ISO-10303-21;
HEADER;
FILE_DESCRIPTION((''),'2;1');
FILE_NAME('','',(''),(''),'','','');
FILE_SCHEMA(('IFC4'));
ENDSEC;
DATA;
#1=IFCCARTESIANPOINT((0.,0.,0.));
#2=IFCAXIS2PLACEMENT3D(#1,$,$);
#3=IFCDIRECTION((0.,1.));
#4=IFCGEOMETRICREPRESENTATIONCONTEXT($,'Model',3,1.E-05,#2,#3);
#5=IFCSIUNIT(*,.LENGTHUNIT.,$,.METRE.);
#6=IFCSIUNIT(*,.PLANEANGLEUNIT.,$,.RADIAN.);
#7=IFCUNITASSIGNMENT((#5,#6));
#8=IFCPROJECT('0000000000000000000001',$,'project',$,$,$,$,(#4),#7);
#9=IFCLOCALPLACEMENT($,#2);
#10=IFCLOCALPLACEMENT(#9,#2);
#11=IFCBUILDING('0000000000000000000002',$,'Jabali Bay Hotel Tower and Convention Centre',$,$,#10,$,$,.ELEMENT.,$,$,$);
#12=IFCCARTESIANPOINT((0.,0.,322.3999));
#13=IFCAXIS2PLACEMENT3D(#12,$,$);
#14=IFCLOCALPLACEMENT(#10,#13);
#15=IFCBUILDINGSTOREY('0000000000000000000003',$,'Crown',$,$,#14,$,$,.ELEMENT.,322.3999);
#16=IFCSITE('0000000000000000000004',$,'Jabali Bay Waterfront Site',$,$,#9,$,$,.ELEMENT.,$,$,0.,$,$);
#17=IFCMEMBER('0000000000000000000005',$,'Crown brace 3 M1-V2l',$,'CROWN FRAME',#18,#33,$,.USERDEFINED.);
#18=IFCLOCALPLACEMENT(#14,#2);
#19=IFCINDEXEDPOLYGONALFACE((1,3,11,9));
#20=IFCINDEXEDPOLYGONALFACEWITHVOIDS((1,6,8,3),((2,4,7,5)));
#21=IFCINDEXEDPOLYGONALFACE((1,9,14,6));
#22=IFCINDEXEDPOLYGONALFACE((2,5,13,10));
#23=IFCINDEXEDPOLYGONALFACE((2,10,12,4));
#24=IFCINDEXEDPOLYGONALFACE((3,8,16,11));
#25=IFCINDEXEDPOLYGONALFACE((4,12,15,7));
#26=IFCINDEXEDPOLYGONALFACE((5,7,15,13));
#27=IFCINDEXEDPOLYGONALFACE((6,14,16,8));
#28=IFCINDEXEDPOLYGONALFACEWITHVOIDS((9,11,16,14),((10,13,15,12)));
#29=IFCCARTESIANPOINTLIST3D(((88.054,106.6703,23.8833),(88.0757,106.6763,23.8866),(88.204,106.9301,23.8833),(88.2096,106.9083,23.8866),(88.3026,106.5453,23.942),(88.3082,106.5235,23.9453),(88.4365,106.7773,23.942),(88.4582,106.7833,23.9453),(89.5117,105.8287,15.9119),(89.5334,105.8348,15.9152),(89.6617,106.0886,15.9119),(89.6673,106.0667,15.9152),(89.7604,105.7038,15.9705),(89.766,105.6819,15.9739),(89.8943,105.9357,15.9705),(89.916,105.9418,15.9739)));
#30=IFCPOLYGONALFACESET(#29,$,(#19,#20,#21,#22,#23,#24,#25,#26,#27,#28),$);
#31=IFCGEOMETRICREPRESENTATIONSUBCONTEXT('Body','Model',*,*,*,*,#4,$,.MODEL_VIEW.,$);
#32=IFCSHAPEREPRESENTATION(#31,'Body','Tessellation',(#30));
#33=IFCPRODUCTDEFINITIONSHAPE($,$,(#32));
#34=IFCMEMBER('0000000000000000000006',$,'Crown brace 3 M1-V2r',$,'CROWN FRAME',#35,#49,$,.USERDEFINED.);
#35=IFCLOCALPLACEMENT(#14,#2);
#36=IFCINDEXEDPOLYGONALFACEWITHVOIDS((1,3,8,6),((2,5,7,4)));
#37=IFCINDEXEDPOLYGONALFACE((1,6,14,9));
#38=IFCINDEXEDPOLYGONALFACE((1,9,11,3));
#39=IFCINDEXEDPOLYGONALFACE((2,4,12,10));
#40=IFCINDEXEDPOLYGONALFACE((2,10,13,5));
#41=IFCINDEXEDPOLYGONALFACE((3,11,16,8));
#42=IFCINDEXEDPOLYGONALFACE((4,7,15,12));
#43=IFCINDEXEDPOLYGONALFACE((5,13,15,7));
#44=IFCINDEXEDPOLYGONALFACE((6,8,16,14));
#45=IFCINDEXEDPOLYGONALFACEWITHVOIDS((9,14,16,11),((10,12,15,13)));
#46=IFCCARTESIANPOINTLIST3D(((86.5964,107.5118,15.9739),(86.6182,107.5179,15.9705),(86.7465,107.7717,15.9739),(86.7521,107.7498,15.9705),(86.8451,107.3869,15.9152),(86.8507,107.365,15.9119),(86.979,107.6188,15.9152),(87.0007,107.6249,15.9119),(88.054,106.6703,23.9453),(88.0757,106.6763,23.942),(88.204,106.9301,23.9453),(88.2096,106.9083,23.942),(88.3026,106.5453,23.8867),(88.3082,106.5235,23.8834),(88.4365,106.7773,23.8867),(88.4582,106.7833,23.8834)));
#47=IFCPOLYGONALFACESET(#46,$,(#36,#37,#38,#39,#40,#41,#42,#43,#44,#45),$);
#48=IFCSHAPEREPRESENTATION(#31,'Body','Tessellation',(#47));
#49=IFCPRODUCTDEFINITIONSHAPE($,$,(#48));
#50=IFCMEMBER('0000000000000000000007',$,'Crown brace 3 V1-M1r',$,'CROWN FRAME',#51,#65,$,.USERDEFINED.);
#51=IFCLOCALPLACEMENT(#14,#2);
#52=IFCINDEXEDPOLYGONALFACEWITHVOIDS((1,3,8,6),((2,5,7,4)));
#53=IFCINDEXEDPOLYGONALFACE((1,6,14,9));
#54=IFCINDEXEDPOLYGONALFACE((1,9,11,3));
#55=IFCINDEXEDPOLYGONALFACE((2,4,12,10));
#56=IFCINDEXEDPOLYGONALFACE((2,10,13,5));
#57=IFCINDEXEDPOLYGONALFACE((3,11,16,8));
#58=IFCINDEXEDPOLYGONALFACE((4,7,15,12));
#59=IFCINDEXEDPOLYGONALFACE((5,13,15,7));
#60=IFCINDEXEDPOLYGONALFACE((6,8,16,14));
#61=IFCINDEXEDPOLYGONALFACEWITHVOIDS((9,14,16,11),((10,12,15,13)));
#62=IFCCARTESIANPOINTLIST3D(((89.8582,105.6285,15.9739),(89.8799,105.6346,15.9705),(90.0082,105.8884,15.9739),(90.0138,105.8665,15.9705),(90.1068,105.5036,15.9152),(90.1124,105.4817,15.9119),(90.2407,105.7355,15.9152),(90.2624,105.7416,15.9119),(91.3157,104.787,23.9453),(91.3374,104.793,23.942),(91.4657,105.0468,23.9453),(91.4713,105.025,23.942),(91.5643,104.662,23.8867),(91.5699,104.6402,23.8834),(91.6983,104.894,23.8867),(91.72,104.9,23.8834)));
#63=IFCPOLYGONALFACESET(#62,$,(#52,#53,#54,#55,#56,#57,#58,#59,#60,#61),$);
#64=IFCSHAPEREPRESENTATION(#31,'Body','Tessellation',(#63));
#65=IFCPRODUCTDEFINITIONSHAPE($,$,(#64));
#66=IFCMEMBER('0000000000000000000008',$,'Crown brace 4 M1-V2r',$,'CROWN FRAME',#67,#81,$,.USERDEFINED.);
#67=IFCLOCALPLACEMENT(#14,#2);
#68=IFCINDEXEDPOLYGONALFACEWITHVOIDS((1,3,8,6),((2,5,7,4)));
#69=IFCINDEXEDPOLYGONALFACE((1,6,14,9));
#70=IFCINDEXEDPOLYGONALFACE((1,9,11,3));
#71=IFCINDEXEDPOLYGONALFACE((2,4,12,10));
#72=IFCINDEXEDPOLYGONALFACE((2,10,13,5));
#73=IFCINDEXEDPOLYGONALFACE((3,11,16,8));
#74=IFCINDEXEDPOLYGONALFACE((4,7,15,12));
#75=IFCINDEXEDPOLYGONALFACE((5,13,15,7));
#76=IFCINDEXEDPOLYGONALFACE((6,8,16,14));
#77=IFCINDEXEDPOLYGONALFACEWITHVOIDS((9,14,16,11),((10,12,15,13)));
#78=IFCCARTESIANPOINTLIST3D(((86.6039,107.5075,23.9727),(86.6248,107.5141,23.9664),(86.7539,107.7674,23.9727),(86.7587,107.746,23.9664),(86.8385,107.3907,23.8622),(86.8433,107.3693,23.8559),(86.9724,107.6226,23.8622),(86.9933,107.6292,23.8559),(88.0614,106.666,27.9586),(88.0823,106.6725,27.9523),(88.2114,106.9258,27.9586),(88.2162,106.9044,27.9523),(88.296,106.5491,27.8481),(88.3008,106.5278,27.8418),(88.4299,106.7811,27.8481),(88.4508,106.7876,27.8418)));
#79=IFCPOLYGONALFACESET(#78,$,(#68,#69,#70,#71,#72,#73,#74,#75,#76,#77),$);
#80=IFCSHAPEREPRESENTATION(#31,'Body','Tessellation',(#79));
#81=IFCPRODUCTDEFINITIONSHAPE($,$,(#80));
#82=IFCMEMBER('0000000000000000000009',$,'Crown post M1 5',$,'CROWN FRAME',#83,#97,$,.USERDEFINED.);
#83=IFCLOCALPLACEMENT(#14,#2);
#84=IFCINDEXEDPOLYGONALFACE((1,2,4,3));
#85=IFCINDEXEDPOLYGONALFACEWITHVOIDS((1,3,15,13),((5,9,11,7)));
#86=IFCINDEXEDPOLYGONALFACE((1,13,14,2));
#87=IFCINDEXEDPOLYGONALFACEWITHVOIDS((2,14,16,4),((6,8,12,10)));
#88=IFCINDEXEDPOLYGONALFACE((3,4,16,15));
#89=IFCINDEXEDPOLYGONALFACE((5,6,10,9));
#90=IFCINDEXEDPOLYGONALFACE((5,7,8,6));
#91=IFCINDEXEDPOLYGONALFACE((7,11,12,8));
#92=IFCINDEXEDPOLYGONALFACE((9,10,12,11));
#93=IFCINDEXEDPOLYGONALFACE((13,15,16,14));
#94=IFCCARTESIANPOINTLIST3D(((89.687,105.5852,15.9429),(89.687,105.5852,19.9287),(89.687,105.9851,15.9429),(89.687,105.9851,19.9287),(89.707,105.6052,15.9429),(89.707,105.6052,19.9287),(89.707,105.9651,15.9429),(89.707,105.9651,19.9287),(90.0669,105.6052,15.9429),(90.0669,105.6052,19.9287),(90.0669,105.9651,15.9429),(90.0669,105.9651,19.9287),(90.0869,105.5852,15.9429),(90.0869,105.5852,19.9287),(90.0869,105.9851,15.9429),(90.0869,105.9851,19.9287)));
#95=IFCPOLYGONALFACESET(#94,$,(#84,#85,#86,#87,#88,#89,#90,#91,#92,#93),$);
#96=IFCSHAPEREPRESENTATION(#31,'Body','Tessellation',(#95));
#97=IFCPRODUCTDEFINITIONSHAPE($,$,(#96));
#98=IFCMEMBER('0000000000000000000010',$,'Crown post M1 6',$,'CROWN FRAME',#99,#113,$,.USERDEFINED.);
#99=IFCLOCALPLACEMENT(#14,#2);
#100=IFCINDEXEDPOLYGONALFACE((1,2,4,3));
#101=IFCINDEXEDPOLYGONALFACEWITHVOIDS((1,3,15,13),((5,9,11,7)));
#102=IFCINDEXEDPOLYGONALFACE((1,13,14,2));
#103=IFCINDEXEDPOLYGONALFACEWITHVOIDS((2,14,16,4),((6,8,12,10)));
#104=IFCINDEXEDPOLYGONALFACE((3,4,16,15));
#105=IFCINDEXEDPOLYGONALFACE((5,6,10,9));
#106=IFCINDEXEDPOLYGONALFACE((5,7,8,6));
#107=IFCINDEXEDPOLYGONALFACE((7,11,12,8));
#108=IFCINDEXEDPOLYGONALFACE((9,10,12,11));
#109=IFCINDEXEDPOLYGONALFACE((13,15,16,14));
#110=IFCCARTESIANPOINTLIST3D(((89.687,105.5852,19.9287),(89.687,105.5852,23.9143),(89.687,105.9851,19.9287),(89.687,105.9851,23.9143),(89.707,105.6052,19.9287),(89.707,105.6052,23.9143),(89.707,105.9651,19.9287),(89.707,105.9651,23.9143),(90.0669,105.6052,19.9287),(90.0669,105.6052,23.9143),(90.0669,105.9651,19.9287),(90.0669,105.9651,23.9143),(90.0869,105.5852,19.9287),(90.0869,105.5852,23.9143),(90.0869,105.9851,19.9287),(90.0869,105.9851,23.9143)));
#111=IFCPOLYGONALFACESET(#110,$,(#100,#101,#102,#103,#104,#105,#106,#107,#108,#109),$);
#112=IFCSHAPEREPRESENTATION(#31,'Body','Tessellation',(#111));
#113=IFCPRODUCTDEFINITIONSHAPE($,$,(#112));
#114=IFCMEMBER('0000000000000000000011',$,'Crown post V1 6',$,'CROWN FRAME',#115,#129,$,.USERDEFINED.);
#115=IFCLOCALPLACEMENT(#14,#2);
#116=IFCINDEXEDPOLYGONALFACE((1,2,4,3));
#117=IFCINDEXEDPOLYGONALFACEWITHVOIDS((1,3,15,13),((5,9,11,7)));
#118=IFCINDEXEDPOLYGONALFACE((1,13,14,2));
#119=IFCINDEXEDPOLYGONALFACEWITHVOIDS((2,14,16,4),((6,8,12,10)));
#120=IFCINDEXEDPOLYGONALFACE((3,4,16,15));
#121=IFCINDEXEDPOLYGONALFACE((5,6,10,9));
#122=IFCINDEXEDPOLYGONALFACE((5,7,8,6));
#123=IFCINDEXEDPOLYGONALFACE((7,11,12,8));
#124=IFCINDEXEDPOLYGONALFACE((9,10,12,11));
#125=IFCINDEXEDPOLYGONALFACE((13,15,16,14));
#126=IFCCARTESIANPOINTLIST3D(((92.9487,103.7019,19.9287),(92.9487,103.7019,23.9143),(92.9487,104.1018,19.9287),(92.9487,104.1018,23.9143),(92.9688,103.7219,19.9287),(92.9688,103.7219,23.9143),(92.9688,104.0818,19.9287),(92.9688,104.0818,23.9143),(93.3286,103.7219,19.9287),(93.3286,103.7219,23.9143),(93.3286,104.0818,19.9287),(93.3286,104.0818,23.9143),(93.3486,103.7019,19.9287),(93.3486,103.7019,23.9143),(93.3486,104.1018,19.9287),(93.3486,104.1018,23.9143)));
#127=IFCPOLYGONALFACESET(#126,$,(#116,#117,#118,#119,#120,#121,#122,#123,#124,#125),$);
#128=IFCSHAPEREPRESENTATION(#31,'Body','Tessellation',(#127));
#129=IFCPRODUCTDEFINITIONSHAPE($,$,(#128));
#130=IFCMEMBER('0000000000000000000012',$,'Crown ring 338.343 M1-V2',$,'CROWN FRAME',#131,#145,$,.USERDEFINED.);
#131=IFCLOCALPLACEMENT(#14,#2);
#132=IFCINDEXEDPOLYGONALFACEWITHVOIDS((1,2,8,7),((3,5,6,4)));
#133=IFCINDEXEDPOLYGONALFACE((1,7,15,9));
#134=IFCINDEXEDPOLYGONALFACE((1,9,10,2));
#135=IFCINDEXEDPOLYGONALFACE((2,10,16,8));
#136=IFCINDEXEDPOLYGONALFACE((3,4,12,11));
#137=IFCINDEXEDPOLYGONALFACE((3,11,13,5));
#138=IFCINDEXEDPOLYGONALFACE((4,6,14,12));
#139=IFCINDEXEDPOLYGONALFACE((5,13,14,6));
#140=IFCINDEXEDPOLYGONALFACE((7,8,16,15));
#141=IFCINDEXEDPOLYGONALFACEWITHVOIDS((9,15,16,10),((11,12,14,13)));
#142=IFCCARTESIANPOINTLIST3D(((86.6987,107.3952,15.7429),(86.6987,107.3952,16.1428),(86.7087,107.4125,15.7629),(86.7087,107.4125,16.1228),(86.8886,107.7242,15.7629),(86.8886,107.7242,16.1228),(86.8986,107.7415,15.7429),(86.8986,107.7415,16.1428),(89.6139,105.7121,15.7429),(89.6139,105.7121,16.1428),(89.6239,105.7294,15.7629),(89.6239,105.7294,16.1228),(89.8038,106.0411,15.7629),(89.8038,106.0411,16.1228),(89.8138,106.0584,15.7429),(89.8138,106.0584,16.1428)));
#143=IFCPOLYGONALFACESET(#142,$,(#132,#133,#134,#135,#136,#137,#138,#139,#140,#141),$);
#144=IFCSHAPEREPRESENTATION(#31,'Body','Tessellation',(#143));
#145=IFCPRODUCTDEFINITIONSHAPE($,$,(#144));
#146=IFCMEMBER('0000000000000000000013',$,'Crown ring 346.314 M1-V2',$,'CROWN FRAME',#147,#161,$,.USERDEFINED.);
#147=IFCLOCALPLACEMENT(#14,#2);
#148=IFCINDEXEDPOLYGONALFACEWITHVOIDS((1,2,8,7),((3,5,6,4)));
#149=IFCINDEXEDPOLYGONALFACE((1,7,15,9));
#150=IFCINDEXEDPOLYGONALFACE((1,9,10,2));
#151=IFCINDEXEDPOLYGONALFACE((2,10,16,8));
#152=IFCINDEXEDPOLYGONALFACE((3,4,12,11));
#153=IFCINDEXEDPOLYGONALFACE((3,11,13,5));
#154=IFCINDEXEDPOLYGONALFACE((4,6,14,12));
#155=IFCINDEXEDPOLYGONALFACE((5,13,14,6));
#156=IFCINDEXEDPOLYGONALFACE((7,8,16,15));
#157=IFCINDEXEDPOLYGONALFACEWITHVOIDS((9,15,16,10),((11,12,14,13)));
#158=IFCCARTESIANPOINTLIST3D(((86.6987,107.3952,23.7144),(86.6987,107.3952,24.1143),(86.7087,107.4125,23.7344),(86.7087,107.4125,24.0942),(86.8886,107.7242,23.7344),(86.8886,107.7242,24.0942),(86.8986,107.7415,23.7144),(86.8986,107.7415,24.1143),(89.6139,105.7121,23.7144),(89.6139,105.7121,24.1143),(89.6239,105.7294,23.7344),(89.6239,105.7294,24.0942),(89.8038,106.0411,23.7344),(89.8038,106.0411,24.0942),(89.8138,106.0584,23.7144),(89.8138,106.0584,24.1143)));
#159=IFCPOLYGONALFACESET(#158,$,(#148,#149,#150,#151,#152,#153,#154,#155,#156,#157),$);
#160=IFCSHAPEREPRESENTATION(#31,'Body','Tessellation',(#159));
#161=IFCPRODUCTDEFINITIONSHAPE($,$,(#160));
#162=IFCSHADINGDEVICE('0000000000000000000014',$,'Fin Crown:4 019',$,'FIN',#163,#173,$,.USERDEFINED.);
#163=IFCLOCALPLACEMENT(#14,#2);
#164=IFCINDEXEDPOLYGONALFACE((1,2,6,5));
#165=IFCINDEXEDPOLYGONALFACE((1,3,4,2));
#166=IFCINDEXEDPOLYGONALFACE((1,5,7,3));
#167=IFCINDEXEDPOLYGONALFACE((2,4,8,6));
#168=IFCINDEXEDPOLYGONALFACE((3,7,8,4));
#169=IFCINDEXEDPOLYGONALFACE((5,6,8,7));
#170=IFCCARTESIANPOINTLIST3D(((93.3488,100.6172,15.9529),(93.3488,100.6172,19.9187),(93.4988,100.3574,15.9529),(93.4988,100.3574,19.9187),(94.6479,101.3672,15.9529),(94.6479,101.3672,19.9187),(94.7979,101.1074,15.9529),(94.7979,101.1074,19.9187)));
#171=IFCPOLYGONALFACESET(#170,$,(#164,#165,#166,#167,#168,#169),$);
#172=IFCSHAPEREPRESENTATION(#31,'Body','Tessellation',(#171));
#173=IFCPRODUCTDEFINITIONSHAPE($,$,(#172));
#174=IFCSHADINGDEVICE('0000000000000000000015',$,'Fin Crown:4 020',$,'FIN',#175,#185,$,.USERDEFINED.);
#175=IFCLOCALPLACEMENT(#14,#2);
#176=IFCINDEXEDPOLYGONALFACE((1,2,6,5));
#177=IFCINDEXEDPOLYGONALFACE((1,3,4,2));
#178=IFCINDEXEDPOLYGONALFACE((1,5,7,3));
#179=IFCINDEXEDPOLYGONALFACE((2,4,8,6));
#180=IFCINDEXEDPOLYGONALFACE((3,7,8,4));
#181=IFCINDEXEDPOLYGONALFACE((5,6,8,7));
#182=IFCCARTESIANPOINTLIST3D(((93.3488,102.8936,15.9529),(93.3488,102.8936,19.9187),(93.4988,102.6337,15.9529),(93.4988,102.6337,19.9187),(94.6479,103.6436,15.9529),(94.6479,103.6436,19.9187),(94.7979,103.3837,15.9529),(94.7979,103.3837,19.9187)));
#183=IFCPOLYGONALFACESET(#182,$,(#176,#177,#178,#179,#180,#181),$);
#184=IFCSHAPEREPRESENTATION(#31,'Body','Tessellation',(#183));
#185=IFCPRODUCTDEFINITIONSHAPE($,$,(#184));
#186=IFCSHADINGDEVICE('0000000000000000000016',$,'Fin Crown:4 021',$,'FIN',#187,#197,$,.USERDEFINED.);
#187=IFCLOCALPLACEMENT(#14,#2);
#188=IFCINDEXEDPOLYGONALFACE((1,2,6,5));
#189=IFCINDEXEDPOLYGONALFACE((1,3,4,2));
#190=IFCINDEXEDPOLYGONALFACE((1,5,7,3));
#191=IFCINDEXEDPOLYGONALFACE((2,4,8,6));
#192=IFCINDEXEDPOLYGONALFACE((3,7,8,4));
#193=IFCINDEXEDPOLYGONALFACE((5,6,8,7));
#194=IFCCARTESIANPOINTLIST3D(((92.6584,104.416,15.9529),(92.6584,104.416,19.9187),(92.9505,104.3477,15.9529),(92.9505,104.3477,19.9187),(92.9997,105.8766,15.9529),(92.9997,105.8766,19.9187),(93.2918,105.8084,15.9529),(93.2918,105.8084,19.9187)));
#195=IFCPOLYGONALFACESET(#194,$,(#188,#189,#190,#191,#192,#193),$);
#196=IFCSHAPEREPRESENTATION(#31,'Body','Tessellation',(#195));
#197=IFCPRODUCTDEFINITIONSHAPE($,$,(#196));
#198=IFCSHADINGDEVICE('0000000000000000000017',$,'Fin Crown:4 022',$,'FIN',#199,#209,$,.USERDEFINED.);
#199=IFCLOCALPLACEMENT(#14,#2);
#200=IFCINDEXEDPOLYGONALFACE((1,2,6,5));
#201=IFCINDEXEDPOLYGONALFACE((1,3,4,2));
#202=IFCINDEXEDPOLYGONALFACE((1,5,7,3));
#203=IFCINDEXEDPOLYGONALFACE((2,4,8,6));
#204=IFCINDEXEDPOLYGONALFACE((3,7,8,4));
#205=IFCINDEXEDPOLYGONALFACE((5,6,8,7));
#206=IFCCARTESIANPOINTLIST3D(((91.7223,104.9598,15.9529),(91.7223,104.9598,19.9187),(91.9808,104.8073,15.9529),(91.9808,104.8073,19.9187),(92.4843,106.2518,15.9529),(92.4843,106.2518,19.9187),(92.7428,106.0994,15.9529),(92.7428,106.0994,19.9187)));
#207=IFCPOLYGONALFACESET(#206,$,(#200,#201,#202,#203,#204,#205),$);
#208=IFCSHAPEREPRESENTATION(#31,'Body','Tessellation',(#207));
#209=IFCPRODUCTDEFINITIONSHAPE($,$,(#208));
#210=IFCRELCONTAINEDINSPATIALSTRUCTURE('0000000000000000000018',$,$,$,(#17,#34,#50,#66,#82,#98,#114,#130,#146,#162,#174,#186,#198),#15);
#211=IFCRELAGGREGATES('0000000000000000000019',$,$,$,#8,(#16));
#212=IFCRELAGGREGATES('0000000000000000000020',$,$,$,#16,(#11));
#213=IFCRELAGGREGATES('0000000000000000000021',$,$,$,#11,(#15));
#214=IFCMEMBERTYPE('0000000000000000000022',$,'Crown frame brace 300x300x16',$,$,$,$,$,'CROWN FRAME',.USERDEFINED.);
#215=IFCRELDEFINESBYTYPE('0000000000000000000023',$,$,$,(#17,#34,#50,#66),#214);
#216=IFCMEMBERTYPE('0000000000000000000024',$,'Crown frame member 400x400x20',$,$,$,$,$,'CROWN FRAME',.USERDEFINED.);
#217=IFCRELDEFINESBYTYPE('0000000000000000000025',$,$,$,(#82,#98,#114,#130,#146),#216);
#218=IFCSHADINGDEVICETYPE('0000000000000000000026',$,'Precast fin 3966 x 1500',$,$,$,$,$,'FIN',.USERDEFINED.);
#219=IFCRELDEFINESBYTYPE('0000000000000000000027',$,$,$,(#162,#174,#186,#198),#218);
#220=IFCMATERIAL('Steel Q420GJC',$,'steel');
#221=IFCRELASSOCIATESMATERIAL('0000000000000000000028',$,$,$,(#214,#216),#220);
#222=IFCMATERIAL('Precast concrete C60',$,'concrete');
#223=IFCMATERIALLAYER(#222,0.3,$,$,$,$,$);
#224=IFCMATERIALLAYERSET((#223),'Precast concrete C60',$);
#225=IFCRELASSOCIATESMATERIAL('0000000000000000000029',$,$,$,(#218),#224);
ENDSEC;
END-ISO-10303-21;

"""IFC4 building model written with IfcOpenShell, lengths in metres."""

from ifc_helpers import new_model, si_unit, direction, frame, frame_2d, origin, origin_2d, place, context, subcontext, project, spatial, rectangle, hollow_rectangle, extrude, material, layer, layer_set, material_profile, profile_set, type_object, element, save


model = new_model("IFC4")

# Units and contexts
model_context = context("Model", 3, precision=1e-05, world=origin(), true_north=direction((0.0, 1.0)))
body_context = subcontext(model_context, "Body", "Model", "MODEL_VIEW")
ifc_project = project(units=[si_unit("LENGTHUNIT", "METRE"), si_unit("PLANEANGLEUNIT", "RADIAN")], contexts=[model_context])

# Site, building, storey
site_placement = place(None, origin())
site = spatial("IfcSite", under=ifc_project, at=site_placement, Name="Jabali Bay Waterfront Site", CompositionType="ELEMENT", RefElevation=0.0)
building_placement = place(site_placement, origin())
building = spatial("IfcBuilding", under=site, at=building_placement, Name="Jabali Bay Hotel Tower and Convention Centre", CompositionType="ELEMENT")
storey_placement = place(building_placement, frame((0.0, 0.0, 322.3999)))
storey = spatial("IfcBuildingStorey", under=building, at=storey_placement, Name="Crown", CompositionType="ELEMENT", Elevation=322.3999)

# Members
ifc_material_1 = material(Name="Steel Q420GJC", Category="steel")
ifc_material_profile_1 = material_profile(ifc_material_1, hollow_rectangle(XDim=0.3, YDim=0.3, WallThickness=0.0161, at=origin_2d()), Name="Crown frame brace 300x300x16")
ifc_profile_set_1 = profile_set([ifc_material_profile_1], Name="Steel Q420GJC")
member_type_1 = type_object("IfcMemberType", Name="Crown frame brace 300x300x16", ElementType="CROWN FRAME", PredefinedType="USERDEFINED", material=ifc_profile_set_1)
for number, where, z_axis, x_axis, name in (
    (1, (89.7139, 105.8853, 15.9429), (-0.178928, 0.103293, 0.978425), (-0.499961, -0.866048, 0.0), "Crown brace 3 M1-V2l"),
    (2, (86.7986, 107.5684, 15.9429), (0.178899, -0.103294, 0.97843), (0.500024, 0.866012, 0.0), "Crown brace 3 M1-V2r"),
    (3, (90.0603, 105.6851, 15.9429), (0.178899, -0.103294, 0.97843), (0.500024, 0.866012, 0.0), "Crown brace 3 V1-M1r"),
):
    element("IfcMember", number, at=place(storey_placement, frame(where, z_axis=z_axis, x_axis=x_axis)), inside=storey, type_object=member_type_1, Name=name, ObjectType="CROWN FRAME", PredefinedType="USERDEFINED", context=body_context, shape_type="SweptSolid", body=[
        extrude(hollow_rectangle(XDim=0.3, YDim=0.3, WallThickness=0.0161, at=origin_2d()), origin(), (0.0, 0.0, 1.0), 8.1472),
    ])
member_1_placement = place(storey_placement, frame((86.7986, 107.5684, 23.9143), z_axis=(0.336874, -0.194507, 0.92124), x_axis=(0.500024, 0.866012, 0.0)))
element("IfcMember", 4, at=member_1_placement, inside=storey, type_object=member_type_1, Name="Crown brace 4 M1-V2r", ObjectType="CROWN FRAME", PredefinedType="USERDEFINED", context=body_context, shape_type="SweptSolid", body=[
    extrude(hollow_rectangle(XDim=0.3, YDim=0.3, WallThickness=0.0161, at=origin_2d()), origin(), (0.0, 0.0, 1.0), 4.3267),
])
ifc_material_profile_2 = material_profile(ifc_material_1, hollow_rectangle(XDim=0.3999, YDim=0.3999, WallThickness=0.02, at=origin_2d()), Name="Crown frame member 400x400x20")
ifc_profile_set_2 = profile_set([ifc_material_profile_2], Name="Steel Q420GJC")
member_type_2 = type_object("IfcMemberType", Name="Crown frame member 400x400x20", ElementType="CROWN FRAME", PredefinedType="USERDEFINED", material=ifc_profile_set_2)
member_2_placement = place(storey_placement, frame((89.887, 105.7852, 15.9429), z_axis=(0.0, 0.0, 1.0), x_axis=(1.0, 0.0, 0.0)))
element("IfcMember", 5, at=member_2_placement, inside=storey, type_object=member_type_2, Name="Crown post M1 5", ObjectType="CROWN FRAME", PredefinedType="USERDEFINED", context=body_context, shape_type="SweptSolid", body=[
    extrude(hollow_rectangle(XDim=0.3999, YDim=0.3999, WallThickness=0.02, at=origin_2d()), origin(), (0.0, 0.0, 1.0), 3.9858),
])
for number, where, z_axis, x_axis, name in (
    (6, (89.887, 105.7852, 19.9287), (0.0, 0.0, 1.0), (1.0, 0.0, 0.0), "Crown post M1 6"),
    (7, (93.1487, 103.9019, 19.9287), (0.0, 0.0, 1.0), (1.0, 0.0, 0.0), "Crown post V1 6"),
):
    element("IfcMember", number, at=place(storey_placement, frame(where, z_axis=z_axis, x_axis=x_axis)), inside=storey, type_object=member_type_2, Name=name, ObjectType="CROWN FRAME", PredefinedType="USERDEFINED", context=body_context, shape_type="SweptSolid", body=[
        extrude(hollow_rectangle(XDim=0.3999, YDim=0.3999, WallThickness=0.02, at=origin_2d()), origin(), (0.0, 0.0, 1.0), 3.9856),
    ])
for number, where, z_axis, x_axis, name in (
    (8, (89.7139, 105.8853, 15.9429), (-0.86603, 0.499992, 0.0), (-0.499992, -0.86603, 0.0), "Crown ring 338.343 M1-V2"),
    (9, (89.7139, 105.8853, 23.9143), (-0.86603, 0.499992, 0.0), (-0.499992, -0.86603, 0.0), "Crown ring 346.314 M1-V2"),
):
    element("IfcMember", number, at=place(storey_placement, frame(where, z_axis=z_axis, x_axis=x_axis)), inside=storey, type_object=member_type_2, Name=name, ObjectType="CROWN FRAME", PredefinedType="USERDEFINED", context=body_context, shape_type="SweptSolid", body=[
        extrude(hollow_rectangle(XDim=0.3999, YDim=0.3999, WallThickness=0.02, at=origin_2d()), origin(), (0.0, 0.0, 1.0), 3.3662),
    ])

# Shading devices
ifc_material_2 = material(Name="Precast concrete C60", Category="concrete")
ifc_layer = layer(ifc_material_2, 0.3)
ifc_layer_set = layer_set([ifc_layer], Name="Precast concrete C60")
shading_device_type = type_object("IfcShadingDeviceType", Name="Precast fin 3966 x 1500", ElementType="FIN", PredefinedType="USERDEFINED", material=ifc_layer_set)
for number, where, z_axis, x_axis, name in (
    (10, (93.4238, 100.4873, 15.9529), (0.0, 0.0, 1.0), (0.866031, 0.49999, 0.0), "Fin Crown:4 019"),
    (11, (93.4238, 102.7637, 15.9529), (0.0, 0.0, 1.0), (0.866031, 0.49999, 0.0), "Fin Crown:4 020"),
    (12, (92.8044, 104.3818, 15.9529), (0.0, 0.0, 1.0), (0.227533, 0.97377, 0.0), "Fin Crown:4 021"),
    (13, (91.8516, 104.8835, 15.9529), (0.0, 0.0, 1.0), (0.507994, 0.86136, 0.0), "Fin Crown:4 022"),
):
    element("IfcShadingDevice", number, at=place(storey_placement, frame(where, z_axis=z_axis, x_axis=x_axis)), inside=storey, type_object=shading_device_type, Name=name, ObjectType="FIN", PredefinedType="USERDEFINED", context=body_context, shape_type="SweptSolid", body=[
        extrude(rectangle(XDim=1.5, YDim=0.3, at=frame_2d((0.75, 0.0))), origin(), (0.0, 0.0, 1.0), 3.9658),
    ])

save(model, "model.ifc")
